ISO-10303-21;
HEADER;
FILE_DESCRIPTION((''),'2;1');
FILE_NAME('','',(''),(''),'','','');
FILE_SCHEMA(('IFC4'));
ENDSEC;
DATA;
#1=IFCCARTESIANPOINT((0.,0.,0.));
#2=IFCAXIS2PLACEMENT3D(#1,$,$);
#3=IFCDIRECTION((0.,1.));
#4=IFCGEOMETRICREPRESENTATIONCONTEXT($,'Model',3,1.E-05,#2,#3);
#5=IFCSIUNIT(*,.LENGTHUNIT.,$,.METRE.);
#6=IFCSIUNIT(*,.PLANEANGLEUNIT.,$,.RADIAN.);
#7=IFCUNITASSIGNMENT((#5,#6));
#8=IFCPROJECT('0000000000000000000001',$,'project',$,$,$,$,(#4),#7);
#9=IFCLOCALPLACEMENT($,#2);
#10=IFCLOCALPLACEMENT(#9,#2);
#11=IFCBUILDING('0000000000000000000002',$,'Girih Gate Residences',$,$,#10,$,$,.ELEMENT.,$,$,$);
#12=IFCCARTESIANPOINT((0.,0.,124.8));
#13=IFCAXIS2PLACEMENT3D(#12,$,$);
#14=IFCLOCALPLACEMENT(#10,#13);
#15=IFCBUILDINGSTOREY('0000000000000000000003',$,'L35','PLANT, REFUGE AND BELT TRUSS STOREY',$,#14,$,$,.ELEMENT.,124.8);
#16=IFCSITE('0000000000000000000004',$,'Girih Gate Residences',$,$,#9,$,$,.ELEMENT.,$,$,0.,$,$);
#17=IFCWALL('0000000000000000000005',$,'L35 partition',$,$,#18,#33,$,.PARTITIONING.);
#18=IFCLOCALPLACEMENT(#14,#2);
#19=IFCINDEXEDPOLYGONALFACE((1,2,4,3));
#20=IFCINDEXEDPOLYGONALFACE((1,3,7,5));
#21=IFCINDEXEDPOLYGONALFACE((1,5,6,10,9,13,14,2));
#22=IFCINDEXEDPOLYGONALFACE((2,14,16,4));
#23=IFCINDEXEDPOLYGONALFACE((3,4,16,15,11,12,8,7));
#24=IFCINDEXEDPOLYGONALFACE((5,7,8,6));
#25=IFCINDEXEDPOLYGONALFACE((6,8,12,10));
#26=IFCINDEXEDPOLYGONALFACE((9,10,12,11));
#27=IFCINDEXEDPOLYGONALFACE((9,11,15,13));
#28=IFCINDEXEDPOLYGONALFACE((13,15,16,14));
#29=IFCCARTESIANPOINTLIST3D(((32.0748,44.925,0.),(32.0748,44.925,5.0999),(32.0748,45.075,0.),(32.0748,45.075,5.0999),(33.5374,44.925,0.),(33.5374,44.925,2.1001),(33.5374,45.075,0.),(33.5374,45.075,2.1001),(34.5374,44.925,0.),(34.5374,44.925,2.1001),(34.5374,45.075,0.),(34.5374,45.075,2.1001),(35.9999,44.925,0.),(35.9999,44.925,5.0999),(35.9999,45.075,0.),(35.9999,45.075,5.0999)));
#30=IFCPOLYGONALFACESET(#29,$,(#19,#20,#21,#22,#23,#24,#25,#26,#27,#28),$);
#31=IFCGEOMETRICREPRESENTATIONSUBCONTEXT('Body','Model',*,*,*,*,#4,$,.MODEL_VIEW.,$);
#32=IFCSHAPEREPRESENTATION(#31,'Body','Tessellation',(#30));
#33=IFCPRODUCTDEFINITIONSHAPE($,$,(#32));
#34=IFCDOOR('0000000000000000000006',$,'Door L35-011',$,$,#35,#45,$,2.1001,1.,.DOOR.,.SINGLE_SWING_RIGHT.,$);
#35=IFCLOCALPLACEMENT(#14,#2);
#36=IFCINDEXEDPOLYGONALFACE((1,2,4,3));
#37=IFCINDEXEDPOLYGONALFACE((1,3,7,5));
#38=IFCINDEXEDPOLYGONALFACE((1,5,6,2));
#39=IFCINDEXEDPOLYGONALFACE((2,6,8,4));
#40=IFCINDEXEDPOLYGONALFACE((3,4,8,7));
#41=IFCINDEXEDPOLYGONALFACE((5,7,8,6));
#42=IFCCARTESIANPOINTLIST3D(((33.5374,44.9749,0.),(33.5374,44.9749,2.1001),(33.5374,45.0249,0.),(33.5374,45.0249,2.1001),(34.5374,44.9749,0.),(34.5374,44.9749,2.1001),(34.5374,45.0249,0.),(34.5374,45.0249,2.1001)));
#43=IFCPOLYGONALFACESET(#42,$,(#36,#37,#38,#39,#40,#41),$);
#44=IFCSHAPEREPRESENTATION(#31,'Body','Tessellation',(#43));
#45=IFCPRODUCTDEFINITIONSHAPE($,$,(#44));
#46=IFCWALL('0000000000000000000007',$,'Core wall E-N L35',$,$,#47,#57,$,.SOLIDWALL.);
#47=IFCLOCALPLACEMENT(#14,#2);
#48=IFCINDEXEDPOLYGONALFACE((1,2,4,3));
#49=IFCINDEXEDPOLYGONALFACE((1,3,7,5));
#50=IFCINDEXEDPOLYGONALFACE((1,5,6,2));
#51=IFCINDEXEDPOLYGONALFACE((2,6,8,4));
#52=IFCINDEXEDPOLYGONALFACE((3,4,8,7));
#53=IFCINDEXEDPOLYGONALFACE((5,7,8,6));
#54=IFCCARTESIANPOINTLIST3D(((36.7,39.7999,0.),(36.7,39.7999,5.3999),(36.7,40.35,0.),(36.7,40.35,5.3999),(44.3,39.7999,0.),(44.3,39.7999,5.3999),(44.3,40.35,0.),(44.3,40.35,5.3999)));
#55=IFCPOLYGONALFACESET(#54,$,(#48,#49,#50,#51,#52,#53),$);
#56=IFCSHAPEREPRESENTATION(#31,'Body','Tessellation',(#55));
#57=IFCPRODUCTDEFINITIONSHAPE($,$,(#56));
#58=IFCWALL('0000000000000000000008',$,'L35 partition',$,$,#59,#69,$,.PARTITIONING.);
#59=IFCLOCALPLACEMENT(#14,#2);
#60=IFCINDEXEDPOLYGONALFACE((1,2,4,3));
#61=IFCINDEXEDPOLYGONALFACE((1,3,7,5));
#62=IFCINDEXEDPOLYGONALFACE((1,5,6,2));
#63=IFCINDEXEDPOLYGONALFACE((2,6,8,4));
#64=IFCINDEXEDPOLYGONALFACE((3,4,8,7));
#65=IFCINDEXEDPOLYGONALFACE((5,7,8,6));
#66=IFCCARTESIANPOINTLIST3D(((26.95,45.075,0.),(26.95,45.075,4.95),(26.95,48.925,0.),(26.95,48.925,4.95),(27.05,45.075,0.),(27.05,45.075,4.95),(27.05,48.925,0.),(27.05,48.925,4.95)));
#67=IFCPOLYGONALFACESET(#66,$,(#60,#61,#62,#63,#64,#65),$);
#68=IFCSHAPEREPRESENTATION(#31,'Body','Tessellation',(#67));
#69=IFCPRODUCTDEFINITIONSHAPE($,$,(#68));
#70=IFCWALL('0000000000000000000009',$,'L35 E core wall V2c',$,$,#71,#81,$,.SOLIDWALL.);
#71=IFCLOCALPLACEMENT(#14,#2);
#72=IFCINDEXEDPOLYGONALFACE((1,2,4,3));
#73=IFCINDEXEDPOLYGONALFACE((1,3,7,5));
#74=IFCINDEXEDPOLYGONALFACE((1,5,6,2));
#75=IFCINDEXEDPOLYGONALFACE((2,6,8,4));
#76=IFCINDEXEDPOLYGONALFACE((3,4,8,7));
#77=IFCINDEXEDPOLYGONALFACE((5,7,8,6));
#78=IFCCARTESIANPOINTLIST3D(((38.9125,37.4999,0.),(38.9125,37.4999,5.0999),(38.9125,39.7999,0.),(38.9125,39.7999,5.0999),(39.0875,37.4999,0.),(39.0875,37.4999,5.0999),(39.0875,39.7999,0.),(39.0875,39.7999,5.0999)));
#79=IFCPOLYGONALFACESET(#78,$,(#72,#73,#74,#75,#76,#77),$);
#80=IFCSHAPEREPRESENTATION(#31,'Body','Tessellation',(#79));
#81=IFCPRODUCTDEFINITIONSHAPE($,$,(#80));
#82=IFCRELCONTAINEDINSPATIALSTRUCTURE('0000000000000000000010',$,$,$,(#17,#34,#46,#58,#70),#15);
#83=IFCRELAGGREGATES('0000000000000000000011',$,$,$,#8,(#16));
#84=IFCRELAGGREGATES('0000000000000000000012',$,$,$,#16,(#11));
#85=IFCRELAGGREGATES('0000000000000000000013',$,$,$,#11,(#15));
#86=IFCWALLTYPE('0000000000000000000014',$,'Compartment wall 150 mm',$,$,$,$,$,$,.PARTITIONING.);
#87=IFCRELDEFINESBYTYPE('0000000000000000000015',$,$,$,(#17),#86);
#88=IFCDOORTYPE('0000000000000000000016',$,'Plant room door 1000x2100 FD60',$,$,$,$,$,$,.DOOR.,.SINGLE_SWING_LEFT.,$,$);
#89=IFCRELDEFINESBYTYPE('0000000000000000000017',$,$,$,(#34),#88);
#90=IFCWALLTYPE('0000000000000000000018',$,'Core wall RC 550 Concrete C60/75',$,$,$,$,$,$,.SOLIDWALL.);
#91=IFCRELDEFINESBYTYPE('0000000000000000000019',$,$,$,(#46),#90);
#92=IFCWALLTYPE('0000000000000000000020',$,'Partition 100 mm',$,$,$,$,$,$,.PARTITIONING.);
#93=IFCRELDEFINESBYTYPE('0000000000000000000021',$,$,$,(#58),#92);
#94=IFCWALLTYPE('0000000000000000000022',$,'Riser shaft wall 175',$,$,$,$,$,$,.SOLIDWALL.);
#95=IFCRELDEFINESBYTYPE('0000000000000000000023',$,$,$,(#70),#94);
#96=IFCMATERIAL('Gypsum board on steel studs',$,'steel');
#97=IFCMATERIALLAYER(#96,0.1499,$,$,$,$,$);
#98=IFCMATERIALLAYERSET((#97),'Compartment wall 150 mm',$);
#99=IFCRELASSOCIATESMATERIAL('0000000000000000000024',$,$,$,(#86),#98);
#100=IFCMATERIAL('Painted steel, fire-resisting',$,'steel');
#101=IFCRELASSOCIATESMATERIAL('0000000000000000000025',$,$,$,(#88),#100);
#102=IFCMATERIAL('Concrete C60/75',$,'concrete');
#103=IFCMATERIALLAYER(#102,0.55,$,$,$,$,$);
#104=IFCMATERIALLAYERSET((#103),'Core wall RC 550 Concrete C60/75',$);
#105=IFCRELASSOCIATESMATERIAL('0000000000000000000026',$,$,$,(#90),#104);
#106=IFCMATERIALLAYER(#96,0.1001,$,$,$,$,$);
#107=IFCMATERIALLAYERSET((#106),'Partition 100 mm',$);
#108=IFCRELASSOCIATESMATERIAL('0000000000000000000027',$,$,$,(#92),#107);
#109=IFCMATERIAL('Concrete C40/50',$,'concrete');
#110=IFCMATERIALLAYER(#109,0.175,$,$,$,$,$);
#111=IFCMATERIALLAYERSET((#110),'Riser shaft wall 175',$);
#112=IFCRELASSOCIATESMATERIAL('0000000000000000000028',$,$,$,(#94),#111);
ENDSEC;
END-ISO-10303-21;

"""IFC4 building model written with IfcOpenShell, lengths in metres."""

from ifc_helpers import new_model, si_unit, direction, frame, frame_2d, origin, place, context, subcontext, project, spatial, rectangle, extrude, material, layer, layer_set, type_object, element, fill, save


model = new_model("IFC4")

# Units and contexts
model_context = context("Model", 3, precision=1e-05, world=origin(), true_north=direction((0.0, 1.0)))
body_context = subcontext(model_context, "Body", "Model", "MODEL_VIEW")
ifc_project = project(units=[si_unit("LENGTHUNIT", "METRE"), si_unit("PLANEANGLEUNIT", "RADIAN")], contexts=[model_context])

# Site, building, storey
site_placement = place(None, origin())
site = spatial("IfcSite", under=ifc_project, at=site_placement, Name="Girih Gate Residences", CompositionType="ELEMENT", RefElevation=0.0)
building_placement = place(site_placement, origin())
building = spatial("IfcBuilding", under=site, at=building_placement, Name="Girih Gate Residences", CompositionType="ELEMENT")
storey_placement = place(building_placement, frame((0.0, 0.0, 124.8)))
storey = spatial("IfcBuildingStorey", under=building, at=storey_placement, Name="L35", Description="PLANT, REFUGE AND BELT TRUSS STOREY", CompositionType="ELEMENT", Elevation=124.8)

# Shared definitions
ifc_material_1 = material(Name="Concrete C60/75", Category="concrete")

# Shared definitions
ifc_material_2 = material(Name="Gypsum board on steel studs", Category="steel")
ifc_layer_1 = layer(ifc_material_2, 0.1499)
ifc_layer_set_1 = layer_set([ifc_layer_1], Name="Compartment wall 150 mm")
wall_type_1 = type_object("IfcWallType", Name="Compartment wall 150 mm", PredefinedType="PARTITIONING", material=ifc_layer_set_1)
ifc_material_3 = material(Name="Painted steel, fire-resisting", Category="steel")

# Wall, opening, door
door_type_1 = type_object("IfcDoorType", Name="Plant room door 1000x2100 FD60", OperationType="SINGLE_SWING_LEFT", PredefinedType="DOOR", material=ifc_material_3)
wall_1_placement = place(storey_placement, frame((32.075, 45.0, 0.0), z_axis=(0.0, 0.0, 1.0), x_axis=(1.0, 0.0, 0.0)))
wall_1 = element("IfcWall", 1, at=wall_1_placement, inside=storey, type_object=wall_type_1, Name="L35 partition", PredefinedType="PARTITIONING", context=body_context, shape_type="SweptSolid", body=[
    extrude(rectangle(XDim=3.925, YDim=0.1499, at=frame_2d((1.9624, 0.0))), origin(), (0.0, 0.0, 1.0), 5.0999),
])
opening_1_placement = place(wall_1_placement, frame((1.4624, 0.0, 0.0)))
opening_1 = element("IfcOpeningElement", 2, at=opening_1_placement, cuts=wall_1, PredefinedType="OPENING", context=body_context, shape_type="SweptSolid", body=[
    extrude(rectangle(XDim=1.0, YDim=2.1001, at=frame_2d((0.5, 1.05))), frame((0.0, 0.085, 0.0), z_axis=(0.0, -1.0, 0.0), x_axis=(1.0, 0.0, 0.0)), (0.0, 0.0, 1.0), 0.1699),
])
door_1_placement = place(opening_1_placement, origin())
door_1 = element("IfcDoor", 3, at=door_1_placement, inside=storey, type_object=door_type_1, Name="Door L35-011", OperationType="SINGLE_SWING_RIGHT", OverallHeight=2.1001, OverallWidth=1.0, PredefinedType="DOOR", context=body_context, shape_type="SweptSolid", body=[
    extrude(rectangle(XDim=1.0, YDim=2.1001, at=frame_2d((0.5, 1.05))), frame((0.0, 0.0249, 0.0), z_axis=(0.0, -1.0, 0.0), x_axis=(1.0, 0.0, 0.0)), (0.0, 0.0, 1.0), 0.05),
])
fill(opening_1, door_1)

# Wall
ifc_layer_2 = layer(ifc_material_1, 0.55)
ifc_layer_set_2 = layer_set([ifc_layer_2], Name="Core wall RC 550 Concrete C60/75")
wall_type_2 = type_object("IfcWallType", Name="Core wall RC 550 Concrete C60/75", PredefinedType="SOLIDWALL", material=ifc_layer_set_2)
wall_2_placement = place(storey_placement, frame((36.7, 40.075, 0.0), z_axis=(0.0, 0.0, 1.0), x_axis=(1.0, 0.0, 0.0)))
element("IfcWall", 4, at=wall_2_placement, inside=storey, type_object=wall_type_2, Name="Core wall E-N L35", PredefinedType="SOLIDWALL", context=body_context, shape_type="SweptSolid", body=[
    extrude(rectangle(XDim=7.6001, YDim=0.55, at=frame_2d((3.8, 0.0))), origin(), (0.0, 0.0, 1.0), 5.3999),
])

# Shared definitions
ifc_material_4 = material(Name="Concrete C40/50", Category="concrete")

# Walls
ifc_layer_3 = layer(ifc_material_2, 0.1001)
ifc_layer_set_3 = layer_set([ifc_layer_3], Name="Partition 100 mm")
wall_type_3 = type_object("IfcWallType", Name="Partition 100 mm", PredefinedType="PARTITIONING", material=ifc_layer_set_3)
wall_3_placement = place(storey_placement, frame((27.0, 45.075, 0.0), z_axis=(0.0, 0.0, 1.0), x_axis=(0.0, 1.0, 0.0)))
element("IfcWall", 5, at=wall_3_placement, inside=storey, type_object=wall_type_3, Name="L35 partition", PredefinedType="PARTITIONING", context=body_context, shape_type="SweptSolid", body=[
    extrude(rectangle(XDim=3.8501, YDim=0.1001, at=frame_2d((1.925, 0.0))), origin(), (0.0, 0.0, 1.0), 4.95),
])
ifc_layer_4 = layer(ifc_material_4, 0.175)
ifc_layer_set_4 = layer_set([ifc_layer_4], Name="Riser shaft wall 175")
wall_type_4 = type_object("IfcWallType", Name="Riser shaft wall 175", PredefinedType="SOLIDWALL", material=ifc_layer_set_4)
wall_4_placement = place(storey_placement, frame((39.0, 37.5, 0.0), z_axis=(0.0, 0.0, 1.0), x_axis=(0.0, 1.0, 0.0)))
element("IfcWall", 6, at=wall_4_placement, inside=storey, type_object=wall_type_4, Name="L35 E core wall V2c", PredefinedType="SOLIDWALL", context=body_context, shape_type="SweptSolid", body=[
    extrude(rectangle(XDim=2.3, YDim=0.175, at=frame_2d((1.1499, 0.0))), origin(), (0.0, 0.0, 1.0), 5.0999),
])

save(model, "model.ifc")
